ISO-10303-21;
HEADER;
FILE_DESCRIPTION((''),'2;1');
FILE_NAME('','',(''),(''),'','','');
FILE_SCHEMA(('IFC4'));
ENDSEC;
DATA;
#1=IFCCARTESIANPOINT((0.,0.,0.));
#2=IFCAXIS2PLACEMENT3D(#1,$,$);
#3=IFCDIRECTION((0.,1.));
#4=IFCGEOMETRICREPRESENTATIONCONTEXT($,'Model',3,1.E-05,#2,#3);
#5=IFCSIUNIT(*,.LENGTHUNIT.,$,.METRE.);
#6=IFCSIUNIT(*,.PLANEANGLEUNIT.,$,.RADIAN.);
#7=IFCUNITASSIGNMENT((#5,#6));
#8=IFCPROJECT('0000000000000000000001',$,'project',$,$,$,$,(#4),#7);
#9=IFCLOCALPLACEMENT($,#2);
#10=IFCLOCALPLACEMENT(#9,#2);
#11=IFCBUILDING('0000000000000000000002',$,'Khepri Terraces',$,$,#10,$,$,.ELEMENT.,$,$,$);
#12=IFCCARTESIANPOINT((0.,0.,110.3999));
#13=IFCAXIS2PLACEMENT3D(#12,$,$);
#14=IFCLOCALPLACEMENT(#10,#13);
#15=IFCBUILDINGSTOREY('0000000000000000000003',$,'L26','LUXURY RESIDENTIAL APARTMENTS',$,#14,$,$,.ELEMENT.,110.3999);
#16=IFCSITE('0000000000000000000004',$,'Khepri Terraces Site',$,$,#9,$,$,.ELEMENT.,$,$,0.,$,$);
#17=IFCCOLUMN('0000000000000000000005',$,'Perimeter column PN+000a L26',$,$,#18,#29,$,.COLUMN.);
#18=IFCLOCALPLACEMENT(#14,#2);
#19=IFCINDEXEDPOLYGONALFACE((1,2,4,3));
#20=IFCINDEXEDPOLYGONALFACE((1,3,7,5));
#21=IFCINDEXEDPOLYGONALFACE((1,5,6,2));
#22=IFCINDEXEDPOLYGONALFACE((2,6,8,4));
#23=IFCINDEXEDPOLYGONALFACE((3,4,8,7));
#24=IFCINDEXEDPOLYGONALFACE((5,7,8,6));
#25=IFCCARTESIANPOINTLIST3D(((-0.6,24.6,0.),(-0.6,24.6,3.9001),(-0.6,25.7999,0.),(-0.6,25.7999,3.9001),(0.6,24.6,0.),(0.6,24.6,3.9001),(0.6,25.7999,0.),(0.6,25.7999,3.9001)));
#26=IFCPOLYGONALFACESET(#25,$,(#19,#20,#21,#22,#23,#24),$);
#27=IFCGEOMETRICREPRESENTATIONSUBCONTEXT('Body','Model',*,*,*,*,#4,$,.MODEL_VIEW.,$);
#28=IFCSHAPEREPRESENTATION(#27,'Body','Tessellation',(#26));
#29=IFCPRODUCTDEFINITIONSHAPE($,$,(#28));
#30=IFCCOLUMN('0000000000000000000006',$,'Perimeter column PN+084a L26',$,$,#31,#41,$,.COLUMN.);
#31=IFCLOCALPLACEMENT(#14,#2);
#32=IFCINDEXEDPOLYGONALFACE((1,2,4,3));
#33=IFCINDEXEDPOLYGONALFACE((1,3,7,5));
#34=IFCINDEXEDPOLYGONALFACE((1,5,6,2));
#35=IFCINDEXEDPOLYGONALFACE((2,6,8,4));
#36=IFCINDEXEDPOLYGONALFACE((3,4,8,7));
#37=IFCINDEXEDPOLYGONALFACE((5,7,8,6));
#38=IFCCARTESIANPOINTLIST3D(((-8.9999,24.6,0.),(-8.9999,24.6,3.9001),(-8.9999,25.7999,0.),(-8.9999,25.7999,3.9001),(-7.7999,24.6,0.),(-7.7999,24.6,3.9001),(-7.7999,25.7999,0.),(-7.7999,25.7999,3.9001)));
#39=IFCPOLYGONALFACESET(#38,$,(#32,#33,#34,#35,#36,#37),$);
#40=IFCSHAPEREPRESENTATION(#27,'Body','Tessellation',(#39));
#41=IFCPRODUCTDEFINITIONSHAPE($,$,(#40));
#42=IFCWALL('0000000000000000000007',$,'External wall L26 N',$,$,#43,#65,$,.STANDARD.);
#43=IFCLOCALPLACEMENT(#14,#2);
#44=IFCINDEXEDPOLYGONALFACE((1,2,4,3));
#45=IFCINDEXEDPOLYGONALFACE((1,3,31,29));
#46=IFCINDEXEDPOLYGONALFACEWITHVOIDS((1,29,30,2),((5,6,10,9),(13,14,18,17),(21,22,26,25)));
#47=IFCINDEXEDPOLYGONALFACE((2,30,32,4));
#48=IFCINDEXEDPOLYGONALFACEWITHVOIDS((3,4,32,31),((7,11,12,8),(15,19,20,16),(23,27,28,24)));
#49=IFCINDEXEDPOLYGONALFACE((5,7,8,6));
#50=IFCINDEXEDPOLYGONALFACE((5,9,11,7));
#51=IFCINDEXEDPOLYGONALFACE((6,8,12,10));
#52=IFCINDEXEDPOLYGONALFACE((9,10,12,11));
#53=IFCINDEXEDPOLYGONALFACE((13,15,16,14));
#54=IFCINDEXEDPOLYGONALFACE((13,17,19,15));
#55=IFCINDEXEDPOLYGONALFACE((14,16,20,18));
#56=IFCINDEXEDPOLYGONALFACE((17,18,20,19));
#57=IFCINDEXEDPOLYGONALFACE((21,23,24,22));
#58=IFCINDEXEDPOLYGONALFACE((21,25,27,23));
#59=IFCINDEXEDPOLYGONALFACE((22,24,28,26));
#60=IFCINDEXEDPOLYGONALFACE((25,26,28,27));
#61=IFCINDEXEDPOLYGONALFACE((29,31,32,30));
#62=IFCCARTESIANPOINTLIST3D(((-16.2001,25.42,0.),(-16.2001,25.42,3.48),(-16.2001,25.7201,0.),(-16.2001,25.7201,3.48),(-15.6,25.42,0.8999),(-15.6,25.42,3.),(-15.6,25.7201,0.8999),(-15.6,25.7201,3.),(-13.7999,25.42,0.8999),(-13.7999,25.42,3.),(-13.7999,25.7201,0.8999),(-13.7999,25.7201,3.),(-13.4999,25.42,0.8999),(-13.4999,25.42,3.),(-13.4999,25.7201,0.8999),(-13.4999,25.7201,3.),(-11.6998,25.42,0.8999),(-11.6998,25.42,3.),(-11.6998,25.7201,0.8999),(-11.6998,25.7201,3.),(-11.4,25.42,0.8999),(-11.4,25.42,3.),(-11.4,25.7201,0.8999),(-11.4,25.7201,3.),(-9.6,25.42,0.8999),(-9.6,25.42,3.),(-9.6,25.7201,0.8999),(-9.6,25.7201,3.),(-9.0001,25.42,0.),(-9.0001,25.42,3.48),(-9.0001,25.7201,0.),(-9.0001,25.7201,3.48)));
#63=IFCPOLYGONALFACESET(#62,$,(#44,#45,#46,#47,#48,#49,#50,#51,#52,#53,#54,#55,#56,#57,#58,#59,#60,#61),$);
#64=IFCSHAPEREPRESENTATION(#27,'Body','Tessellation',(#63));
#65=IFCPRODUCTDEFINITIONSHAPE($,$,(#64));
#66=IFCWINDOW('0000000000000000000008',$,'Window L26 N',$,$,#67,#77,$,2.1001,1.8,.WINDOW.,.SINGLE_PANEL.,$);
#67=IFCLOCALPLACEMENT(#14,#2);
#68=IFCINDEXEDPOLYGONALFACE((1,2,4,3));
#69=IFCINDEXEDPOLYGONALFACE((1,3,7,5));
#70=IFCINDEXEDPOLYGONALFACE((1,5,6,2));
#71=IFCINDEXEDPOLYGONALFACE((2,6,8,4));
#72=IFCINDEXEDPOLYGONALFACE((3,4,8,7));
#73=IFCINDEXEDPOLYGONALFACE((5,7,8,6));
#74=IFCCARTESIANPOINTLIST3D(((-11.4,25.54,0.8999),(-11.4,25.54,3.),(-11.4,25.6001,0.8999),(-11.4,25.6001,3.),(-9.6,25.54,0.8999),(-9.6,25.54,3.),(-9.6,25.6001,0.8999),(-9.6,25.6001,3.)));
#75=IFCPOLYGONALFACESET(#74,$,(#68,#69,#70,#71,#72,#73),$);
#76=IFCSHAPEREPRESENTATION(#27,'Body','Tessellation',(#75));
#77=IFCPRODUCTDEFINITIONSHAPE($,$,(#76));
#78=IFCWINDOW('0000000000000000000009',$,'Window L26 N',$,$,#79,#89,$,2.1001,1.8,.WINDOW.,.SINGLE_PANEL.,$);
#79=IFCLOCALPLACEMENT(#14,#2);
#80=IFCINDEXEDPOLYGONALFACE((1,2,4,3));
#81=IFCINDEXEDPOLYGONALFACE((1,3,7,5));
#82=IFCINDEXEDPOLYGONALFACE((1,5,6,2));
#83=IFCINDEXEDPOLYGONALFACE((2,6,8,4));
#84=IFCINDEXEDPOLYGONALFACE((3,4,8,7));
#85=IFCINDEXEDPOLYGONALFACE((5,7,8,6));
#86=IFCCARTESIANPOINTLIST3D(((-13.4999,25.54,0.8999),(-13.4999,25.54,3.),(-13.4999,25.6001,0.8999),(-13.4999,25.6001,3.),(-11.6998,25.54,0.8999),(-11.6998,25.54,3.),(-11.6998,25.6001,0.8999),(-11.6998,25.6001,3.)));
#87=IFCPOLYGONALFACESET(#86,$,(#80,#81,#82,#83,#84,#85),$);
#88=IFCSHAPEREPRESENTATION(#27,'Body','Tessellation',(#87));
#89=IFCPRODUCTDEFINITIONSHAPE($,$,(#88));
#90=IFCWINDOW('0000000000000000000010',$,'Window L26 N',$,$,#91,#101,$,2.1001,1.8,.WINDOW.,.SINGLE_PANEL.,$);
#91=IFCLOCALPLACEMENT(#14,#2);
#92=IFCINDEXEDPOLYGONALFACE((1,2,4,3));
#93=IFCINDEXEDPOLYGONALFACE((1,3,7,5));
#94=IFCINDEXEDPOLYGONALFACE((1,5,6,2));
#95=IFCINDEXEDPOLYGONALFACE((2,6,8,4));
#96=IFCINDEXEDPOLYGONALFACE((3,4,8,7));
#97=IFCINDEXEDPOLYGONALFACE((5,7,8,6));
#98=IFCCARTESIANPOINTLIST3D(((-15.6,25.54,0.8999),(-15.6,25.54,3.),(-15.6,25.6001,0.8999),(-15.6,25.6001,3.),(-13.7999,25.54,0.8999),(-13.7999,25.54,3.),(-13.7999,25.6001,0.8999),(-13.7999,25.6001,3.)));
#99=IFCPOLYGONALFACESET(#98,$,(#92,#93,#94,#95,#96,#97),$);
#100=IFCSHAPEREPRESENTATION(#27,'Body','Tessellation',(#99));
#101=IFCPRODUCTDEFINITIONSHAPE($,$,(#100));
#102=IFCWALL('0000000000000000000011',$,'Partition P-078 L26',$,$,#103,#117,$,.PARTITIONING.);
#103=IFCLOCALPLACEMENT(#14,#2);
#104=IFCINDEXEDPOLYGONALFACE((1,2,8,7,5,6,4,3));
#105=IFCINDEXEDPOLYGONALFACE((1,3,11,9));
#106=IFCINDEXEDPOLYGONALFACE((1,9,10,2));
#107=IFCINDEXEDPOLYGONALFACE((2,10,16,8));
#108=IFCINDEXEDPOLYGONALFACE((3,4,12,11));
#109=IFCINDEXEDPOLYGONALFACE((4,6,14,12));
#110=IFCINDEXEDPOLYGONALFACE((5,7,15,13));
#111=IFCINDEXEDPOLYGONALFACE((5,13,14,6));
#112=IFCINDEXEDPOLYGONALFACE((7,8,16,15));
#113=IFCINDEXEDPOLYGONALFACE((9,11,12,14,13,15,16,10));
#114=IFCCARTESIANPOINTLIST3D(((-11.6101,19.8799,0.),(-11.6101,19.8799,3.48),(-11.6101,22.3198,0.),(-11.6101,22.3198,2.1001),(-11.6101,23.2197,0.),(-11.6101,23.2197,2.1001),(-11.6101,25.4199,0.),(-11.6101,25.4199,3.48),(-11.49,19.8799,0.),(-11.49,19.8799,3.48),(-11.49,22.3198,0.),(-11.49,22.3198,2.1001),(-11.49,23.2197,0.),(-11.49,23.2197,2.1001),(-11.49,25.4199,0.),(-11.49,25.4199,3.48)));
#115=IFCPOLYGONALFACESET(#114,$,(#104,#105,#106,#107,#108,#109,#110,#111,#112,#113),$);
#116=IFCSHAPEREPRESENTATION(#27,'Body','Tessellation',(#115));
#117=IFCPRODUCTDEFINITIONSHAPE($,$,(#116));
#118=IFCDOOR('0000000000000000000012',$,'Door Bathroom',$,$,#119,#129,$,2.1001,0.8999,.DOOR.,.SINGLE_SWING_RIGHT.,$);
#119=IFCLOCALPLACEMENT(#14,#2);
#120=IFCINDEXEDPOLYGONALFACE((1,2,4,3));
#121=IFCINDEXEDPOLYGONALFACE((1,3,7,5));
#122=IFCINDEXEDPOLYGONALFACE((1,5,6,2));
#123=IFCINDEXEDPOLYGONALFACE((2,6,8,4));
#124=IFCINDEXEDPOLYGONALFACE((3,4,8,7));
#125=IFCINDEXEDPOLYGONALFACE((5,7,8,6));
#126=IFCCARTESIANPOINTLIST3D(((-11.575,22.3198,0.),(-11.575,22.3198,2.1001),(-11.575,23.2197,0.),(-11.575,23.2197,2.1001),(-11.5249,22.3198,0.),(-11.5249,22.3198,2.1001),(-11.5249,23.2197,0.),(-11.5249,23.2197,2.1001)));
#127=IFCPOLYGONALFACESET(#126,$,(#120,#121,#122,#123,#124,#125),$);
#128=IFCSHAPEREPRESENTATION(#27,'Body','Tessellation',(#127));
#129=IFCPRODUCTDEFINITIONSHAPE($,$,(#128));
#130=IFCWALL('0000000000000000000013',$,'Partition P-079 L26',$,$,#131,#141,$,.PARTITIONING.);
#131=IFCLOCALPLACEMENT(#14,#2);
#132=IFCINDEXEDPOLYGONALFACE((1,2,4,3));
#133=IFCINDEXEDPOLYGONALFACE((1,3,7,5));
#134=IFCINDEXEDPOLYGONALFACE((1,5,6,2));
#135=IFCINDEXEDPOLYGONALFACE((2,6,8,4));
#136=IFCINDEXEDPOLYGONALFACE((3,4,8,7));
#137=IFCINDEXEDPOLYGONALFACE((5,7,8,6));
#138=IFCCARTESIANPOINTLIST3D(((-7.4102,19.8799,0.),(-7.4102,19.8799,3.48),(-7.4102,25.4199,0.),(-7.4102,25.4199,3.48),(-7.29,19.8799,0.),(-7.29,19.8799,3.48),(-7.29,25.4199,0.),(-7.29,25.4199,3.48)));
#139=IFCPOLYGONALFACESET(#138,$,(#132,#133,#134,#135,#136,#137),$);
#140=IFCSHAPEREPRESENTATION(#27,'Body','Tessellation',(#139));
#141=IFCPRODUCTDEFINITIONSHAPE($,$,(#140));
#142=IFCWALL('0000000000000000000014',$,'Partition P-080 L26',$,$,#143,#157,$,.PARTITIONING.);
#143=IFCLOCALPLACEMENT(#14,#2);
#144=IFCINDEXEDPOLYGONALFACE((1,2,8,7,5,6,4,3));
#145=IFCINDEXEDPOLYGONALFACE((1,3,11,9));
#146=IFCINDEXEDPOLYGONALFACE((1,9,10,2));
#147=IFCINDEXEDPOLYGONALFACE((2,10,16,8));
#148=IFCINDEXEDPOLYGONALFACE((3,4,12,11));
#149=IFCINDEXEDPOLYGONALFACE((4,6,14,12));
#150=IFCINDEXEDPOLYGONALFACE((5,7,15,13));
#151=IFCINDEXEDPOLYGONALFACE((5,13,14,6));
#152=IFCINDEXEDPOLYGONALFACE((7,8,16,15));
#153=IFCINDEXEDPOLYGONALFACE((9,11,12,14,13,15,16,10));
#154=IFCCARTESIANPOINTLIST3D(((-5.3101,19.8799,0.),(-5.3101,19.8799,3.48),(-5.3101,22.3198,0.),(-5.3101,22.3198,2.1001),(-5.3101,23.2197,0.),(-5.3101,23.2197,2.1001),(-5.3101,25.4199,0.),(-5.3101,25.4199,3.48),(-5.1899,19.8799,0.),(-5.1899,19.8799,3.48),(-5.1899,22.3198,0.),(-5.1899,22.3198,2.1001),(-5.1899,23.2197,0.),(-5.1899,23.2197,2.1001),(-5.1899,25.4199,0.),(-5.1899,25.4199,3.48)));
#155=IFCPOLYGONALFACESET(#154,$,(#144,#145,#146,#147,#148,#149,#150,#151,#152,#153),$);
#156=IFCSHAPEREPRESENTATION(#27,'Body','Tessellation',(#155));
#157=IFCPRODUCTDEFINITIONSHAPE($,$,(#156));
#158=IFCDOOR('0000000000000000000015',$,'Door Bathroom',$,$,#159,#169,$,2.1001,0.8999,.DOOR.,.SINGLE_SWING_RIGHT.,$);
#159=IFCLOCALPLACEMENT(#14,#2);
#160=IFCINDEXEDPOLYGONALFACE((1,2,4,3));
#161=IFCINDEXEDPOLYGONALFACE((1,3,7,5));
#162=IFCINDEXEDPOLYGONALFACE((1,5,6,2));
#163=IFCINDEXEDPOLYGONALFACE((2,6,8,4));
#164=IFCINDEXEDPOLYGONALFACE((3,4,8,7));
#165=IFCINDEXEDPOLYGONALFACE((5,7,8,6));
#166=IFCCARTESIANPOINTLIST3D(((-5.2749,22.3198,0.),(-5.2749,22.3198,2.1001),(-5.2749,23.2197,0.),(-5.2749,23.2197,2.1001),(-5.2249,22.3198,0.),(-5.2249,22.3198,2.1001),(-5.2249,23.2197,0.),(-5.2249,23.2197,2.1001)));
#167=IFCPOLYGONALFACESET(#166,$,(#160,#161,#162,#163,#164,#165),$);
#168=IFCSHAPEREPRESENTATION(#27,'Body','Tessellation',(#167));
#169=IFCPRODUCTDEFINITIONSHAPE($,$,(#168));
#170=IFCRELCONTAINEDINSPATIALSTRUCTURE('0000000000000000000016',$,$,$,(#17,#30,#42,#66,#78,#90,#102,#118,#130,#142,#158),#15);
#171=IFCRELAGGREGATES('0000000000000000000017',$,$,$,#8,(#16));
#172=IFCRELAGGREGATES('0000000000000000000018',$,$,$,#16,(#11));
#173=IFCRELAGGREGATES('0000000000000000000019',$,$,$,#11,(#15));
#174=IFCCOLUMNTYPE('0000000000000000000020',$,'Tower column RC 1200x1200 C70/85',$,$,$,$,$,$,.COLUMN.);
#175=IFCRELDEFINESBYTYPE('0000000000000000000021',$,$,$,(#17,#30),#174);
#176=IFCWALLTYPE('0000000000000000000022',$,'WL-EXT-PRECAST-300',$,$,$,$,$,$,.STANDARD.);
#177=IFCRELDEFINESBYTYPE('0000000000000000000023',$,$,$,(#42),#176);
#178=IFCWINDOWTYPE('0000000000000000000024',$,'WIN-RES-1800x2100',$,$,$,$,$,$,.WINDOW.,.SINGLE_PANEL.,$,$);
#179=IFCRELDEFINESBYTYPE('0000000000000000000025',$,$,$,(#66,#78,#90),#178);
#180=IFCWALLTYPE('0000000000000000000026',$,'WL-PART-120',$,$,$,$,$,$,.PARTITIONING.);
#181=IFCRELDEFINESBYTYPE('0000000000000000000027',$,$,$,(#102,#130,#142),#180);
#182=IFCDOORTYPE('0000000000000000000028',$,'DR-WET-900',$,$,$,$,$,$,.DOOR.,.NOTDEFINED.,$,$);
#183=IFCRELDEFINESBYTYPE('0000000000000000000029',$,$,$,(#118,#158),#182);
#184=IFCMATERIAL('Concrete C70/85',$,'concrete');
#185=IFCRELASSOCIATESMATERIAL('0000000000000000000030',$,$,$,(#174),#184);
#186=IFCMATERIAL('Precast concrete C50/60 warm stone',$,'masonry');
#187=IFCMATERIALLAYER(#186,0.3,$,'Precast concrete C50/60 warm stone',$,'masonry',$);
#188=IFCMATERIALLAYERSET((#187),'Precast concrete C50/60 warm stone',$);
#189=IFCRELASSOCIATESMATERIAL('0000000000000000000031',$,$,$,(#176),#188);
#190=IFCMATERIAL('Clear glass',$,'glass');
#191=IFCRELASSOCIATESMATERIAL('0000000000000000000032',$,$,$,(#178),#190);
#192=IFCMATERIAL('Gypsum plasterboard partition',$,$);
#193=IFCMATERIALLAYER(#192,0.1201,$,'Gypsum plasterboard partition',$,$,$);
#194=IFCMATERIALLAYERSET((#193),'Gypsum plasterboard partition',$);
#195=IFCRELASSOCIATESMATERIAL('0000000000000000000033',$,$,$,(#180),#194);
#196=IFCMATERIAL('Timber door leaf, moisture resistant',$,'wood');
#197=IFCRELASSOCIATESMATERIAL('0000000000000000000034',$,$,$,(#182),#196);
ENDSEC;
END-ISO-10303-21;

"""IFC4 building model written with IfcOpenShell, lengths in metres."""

from ifc_helpers import new_model, si_unit, direction, frame, frame_2d, origin, origin_2d, place, context, subcontext, project, spatial, rectangle, extrude, material, layer, layer_set, material_profile, profile_set, type_object, element, fill, save


model = new_model("IFC4")

# Units and contexts
model_context = context("Model", 3, precision=1e-05, world=origin(), true_north=direction((0.0, 1.0)))
body_context = subcontext(model_context, "Body", "Model", "MODEL_VIEW")
ifc_project = project(units=[si_unit("LENGTHUNIT", "METRE"), si_unit("PLANEANGLEUNIT", "RADIAN")], contexts=[model_context])

# Site, building, storey
site_placement = place(None, origin())
site = spatial("IfcSite", under=ifc_project, at=site_placement, Name="Khepri Terraces Site", CompositionType="ELEMENT", RefElevation=0.0)
building_placement = place(site_placement, origin())
building = spatial("IfcBuilding", under=site, at=building_placement, Name="Khepri Terraces", CompositionType="ELEMENT")
storey_placement = place(building_placement, frame((0.0, 0.0, 110.3999)))
storey = spatial("IfcBuildingStorey", under=building, at=storey_placement, Name="L26", Description="LUXURY RESIDENTIAL APARTMENTS", CompositionType="ELEMENT", Elevation=110.3999)

# Columns
ifc_material_1 = material(Name="Concrete C70/85", Category="concrete")
ifc_material_profile = material_profile(ifc_material_1, rectangle(XDim=1.2, YDim=1.2, at=origin_2d()), Name="Concrete C70/85", Category="concrete")
ifc_profile_set = profile_set([ifc_material_profile], Name="Concrete C70/85")
column_type = type_object("IfcColumnType", Name="Tower column RC 1200x1200 C70/85", PredefinedType="COLUMN", material=ifc_profile_set)
for number, where, z_axis, x_axis, name in (
    (1, (0.0, 25.2, 0.0), (0.0, 0.0, 1.0), (1.0, 0.0, 0.0), "Perimeter column PN+000a L26"),
    (2, (-8.3999, 25.2, 0.0), (0.0, 0.0, 1.0), (1.0, 0.0, 0.0), "Perimeter column PN+084a L26"),
):
    element("IfcColumn", number, at=place(storey_placement, frame(where, z_axis=z_axis, x_axis=x_axis)), inside=storey, type_object=column_type, Name=name, PredefinedType="COLUMN", context=body_context, shape_type="SweptSolid", body=[
        extrude(rectangle(XDim=1.2, YDim=1.2, at=origin_2d()), origin(), (0.0, 0.0, 1.0), 3.9001),
    ])

# Shared definitions
ifc_material_2 = material(Name="Precast concrete C50/60 warm stone", Category="masonry")
ifc_layer_1 = layer(ifc_material_2, 0.3, Name="Precast concrete C50/60 warm stone", Category="masonry")
ifc_layer_set_1 = layer_set([ifc_layer_1], Name="Precast concrete C50/60 warm stone")
wall_type_1 = type_object("IfcWallType", Name="WL-EXT-PRECAST-300", PredefinedType="STANDARD", material=ifc_layer_set_1)
ifc_material_3 = material(Name="Clear glass", Category="glass")
window_type = type_object("IfcWindowType", Name="WIN-RES-1800x2100", PartitioningType="SINGLE_PANEL", PredefinedType="WINDOW", material=ifc_material_3)

# Wall, openings, windows
wall_1_placement = place(storey_placement, frame((-9.0, 25.5701, 0.0), z_axis=(0.0, 0.0, 1.0), x_axis=(-1.0, 0.0, 0.0)))
wall_1 = element("IfcWall", 3, at=wall_1_placement, inside=storey, type_object=wall_type_1, Name="External wall L26 N", PredefinedType="STANDARD", context=body_context, shape_type="SweptSolid", body=[
    extrude(rectangle(XDim=7.2, YDim=0.3, at=frame_2d((3.6001, 0.0))), origin(), (0.0, 0.0, 1.0), 3.48),
])
opening_1_placement = place(wall_1_placement, frame((0.6001, 0.0, 0.8999)))
opening_1 = element("IfcOpeningElement", 4, at=opening_1_placement, cuts=wall_1, PredefinedType="OPENING", context=body_context, shape_type="SweptSolid", body=[
    extrude(rectangle(XDim=1.8, YDim=2.1001, at=frame_2d((0.8999, 1.05))), frame((0.0, 0.1602, 0.0), z_axis=(0.0, -1.0, 0.0), x_axis=(1.0, 0.0, 0.0)), (0.0, 0.0, 1.0), 0.3201),
])
opening_2_placement = place(wall_1_placement, frame((2.7, 0.0, 0.8999)))
opening_2 = element("IfcOpeningElement", 5, at=opening_2_placement, cuts=wall_1, PredefinedType="OPENING", context=body_context, shape_type="SweptSolid", body=[
    extrude(rectangle(XDim=1.8, YDim=2.1001, at=frame_2d((0.8999, 1.05))), frame((0.0, 0.1602, 0.0), z_axis=(0.0, -1.0, 0.0), x_axis=(1.0, 0.0, 0.0)), (0.0, 0.0, 1.0), 0.3201),
])
opening_3_placement = place(wall_1_placement, frame((4.8, 0.0, 0.8999)))
opening_3 = element("IfcOpeningElement", 6, at=opening_3_placement, cuts=wall_1, PredefinedType="OPENING", context=body_context, shape_type="SweptSolid", body=[
    extrude(rectangle(XDim=1.8, YDim=2.1001, at=frame_2d((0.8999, 1.05))), frame((0.0, 0.1602, 0.0), z_axis=(0.0, -1.0, 0.0), x_axis=(1.0, 0.0, 0.0)), (0.0, 0.0, 1.0), 0.3201),
])
window_1_placement = place(opening_1_placement, origin())
window_1 = element("IfcWindow", 7, at=window_1_placement, inside=storey, type_object=window_type, Name="Window L26 N", OverallHeight=2.1001, OverallWidth=1.8, PartitioningType="SINGLE_PANEL", PredefinedType="WINDOW", context=body_context, shape_type="SweptSolid", body=[
    extrude(rectangle(XDim=1.8, YDim=2.1001, at=frame_2d((0.8999, 1.05))), frame((0.0, 0.03, 0.0), z_axis=(0.0, -1.0, 0.0), x_axis=(1.0, 0.0, 0.0)), (0.0, 0.0, 1.0), 0.0601),
])
fill(opening_1, window_1)
window_2_placement = place(opening_2_placement, origin())
window_2 = element("IfcWindow", 8, at=window_2_placement, inside=storey, type_object=window_type, Name="Window L26 N", OverallHeight=2.1001, OverallWidth=1.8, PartitioningType="SINGLE_PANEL", PredefinedType="WINDOW", context=body_context, shape_type="SweptSolid", body=[
    extrude(rectangle(XDim=1.8, YDim=2.1001, at=frame_2d((0.8999, 1.05))), frame((0.0, 0.03, 0.0), z_axis=(0.0, -1.0, 0.0), x_axis=(1.0, 0.0, 0.0)), (0.0, 0.0, 1.0), 0.0601),
])
fill(opening_2, window_2)
window_3_placement = place(opening_3_placement, origin())
window_3 = element("IfcWindow", 9, at=window_3_placement, inside=storey, type_object=window_type, Name="Window L26 N", OverallHeight=2.1001, OverallWidth=1.8, PartitioningType="SINGLE_PANEL", PredefinedType="WINDOW", context=body_context, shape_type="SweptSolid", body=[
    extrude(rectangle(XDim=1.8, YDim=2.1001, at=frame_2d((0.8999, 1.05))), frame((0.0, 0.03, 0.0), z_axis=(0.0, -1.0, 0.0), x_axis=(1.0, 0.0, 0.0)), (0.0, 0.0, 1.0), 0.0601),
])
fill(opening_3, window_3)

# Wall, opening, door
ifc_material_4 = material(Name="Gypsum plasterboard partition")
ifc_layer_2 = layer(ifc_material_4, 0.1201, Name="Gypsum plasterboard partition")
ifc_layer_set_2 = layer_set([ifc_layer_2], Name="Gypsum plasterboard partition")
wall_type_2 = type_object("IfcWallType", Name="WL-PART-120", PredefinedType="PARTITIONING", material=ifc_layer_set_2)
wall_2_placement = place(storey_placement, frame((-11.55, 19.8799, 0.0), z_axis=(0.0, 0.0, 1.0), x_axis=(0.0, 1.0, 0.0)))
wall_2 = element("IfcWall", 10, at=wall_2_placement, inside=storey, type_object=wall_type_2, Name="Partition P-078 L26", PredefinedType="PARTITIONING", context=body_context, shape_type="SweptSolid", body=[
    extrude(rectangle(XDim=5.54, YDim=0.1201, at=frame_2d((2.77, 0.0))), origin(), (0.0, 0.0, 1.0), 3.48),
])
opening_4_placement = place(wall_2_placement, frame((2.4399, 0.0, 0.0)))
opening_4 = element("IfcOpeningElement", 11, at=opening_4_placement, cuts=wall_2, PredefinedType="OPENING", context=body_context, shape_type="SweptSolid", body=[
    extrude(rectangle(XDim=0.8999, YDim=2.1001, at=frame_2d((0.45, 1.05))), frame((0.0, 0.0701, 0.0), z_axis=(0.0, -1.0, 0.0), x_axis=(1.0, 0.0, 0.0)), (0.0, 0.0, 1.0), 0.1401),
])
ifc_material_5 = material(Name="Timber door leaf, moisture resistant", Category="wood")
door_type_1 = type_object("IfcDoorType", Name="DR-WET-900", OperationType="NOTDEFINED", PredefinedType="DOOR", material=ifc_material_5)
door_1_placement = place(opening_4_placement, origin())
door_1 = element("IfcDoor", 12, at=door_1_placement, inside=storey, type_object=door_type_1, Name="Door Bathroom", OperationType="SINGLE_SWING_RIGHT", OverallHeight=2.1001, OverallWidth=0.8999, PredefinedType="DOOR", context=body_context, shape_type="SweptSolid", body=[
    extrude(rectangle(XDim=0.8999, YDim=2.1001, at=frame_2d((0.45, 1.05))), frame((0.0, 0.0249, 0.0), z_axis=(0.0, -1.0, 0.0), x_axis=(1.0, 0.0, 0.0)), (0.0, 0.0, 1.0), 0.05),
])
fill(opening_4, door_1)

# Wall
wall_3_placement = place(storey_placement, frame((-7.3501, 19.8799, 0.0), z_axis=(0.0, 0.0, 1.0), x_axis=(0.0, 1.0, 0.0)))
element("IfcWall", 13, at=wall_3_placement, inside=storey, type_object=wall_type_2, Name="Partition P-079 L26", PredefinedType="PARTITIONING", context=body_context, shape_type="SweptSolid", body=[
    extrude(rectangle(XDim=5.54, YDim=0.1201, at=frame_2d((2.77, 0.0))), origin(), (0.0, 0.0, 1.0), 3.48),
])

# Wall, opening, door
wall_4_placement = place(storey_placement, frame((-5.25, 19.8799, 0.0), z_axis=(0.0, 0.0, 1.0), x_axis=(0.0, 1.0, 0.0)))
wall_4 = element("IfcWall", 14, at=wall_4_placement, inside=storey, type_object=wall_type_2, Name="Partition P-080 L26", PredefinedType="PARTITIONING", context=body_context, shape_type="SweptSolid", body=[
    extrude(rectangle(XDim=5.54, YDim=0.1201, at=frame_2d((2.77, 0.0))), origin(), (0.0, 0.0, 1.0), 3.48),
])
opening_5_placement = place(wall_4_placement, frame((2.4399, 0.0, 0.0)))
opening_5 = element("IfcOpeningElement", 15, at=opening_5_placement, cuts=wall_4, PredefinedType="OPENING", context=body_context, shape_type="SweptSolid", body=[
    extrude(rectangle(XDim=0.8999, YDim=2.1001, at=frame_2d((0.45, 1.05))), frame((0.0, 0.0701, 0.0), z_axis=(0.0, -1.0, 0.0), x_axis=(1.0, 0.0, 0.0)), (0.0, 0.0, 1.0), 0.1401),
])
door_2_placement = place(opening_5_placement, origin())
door_2 = element("IfcDoor", 16, at=door_2_placement, inside=storey, type_object=door_type_1, Name="Door Bathroom", OperationType="SINGLE_SWING_RIGHT", OverallHeight=2.1001, OverallWidth=0.8999, PredefinedType="DOOR", context=body_context, shape_type="SweptSolid", body=[
    extrude(rectangle(XDim=0.8999, YDim=2.1001, at=frame_2d((0.45, 1.05))), frame((0.0, 0.0249, 0.0), z_axis=(0.0, -1.0, 0.0), x_axis=(1.0, 0.0, 0.0)), (0.0, 0.0, 1.0), 0.05),
])
fill(opening_5, door_2)

save(model, "model.ifc")
